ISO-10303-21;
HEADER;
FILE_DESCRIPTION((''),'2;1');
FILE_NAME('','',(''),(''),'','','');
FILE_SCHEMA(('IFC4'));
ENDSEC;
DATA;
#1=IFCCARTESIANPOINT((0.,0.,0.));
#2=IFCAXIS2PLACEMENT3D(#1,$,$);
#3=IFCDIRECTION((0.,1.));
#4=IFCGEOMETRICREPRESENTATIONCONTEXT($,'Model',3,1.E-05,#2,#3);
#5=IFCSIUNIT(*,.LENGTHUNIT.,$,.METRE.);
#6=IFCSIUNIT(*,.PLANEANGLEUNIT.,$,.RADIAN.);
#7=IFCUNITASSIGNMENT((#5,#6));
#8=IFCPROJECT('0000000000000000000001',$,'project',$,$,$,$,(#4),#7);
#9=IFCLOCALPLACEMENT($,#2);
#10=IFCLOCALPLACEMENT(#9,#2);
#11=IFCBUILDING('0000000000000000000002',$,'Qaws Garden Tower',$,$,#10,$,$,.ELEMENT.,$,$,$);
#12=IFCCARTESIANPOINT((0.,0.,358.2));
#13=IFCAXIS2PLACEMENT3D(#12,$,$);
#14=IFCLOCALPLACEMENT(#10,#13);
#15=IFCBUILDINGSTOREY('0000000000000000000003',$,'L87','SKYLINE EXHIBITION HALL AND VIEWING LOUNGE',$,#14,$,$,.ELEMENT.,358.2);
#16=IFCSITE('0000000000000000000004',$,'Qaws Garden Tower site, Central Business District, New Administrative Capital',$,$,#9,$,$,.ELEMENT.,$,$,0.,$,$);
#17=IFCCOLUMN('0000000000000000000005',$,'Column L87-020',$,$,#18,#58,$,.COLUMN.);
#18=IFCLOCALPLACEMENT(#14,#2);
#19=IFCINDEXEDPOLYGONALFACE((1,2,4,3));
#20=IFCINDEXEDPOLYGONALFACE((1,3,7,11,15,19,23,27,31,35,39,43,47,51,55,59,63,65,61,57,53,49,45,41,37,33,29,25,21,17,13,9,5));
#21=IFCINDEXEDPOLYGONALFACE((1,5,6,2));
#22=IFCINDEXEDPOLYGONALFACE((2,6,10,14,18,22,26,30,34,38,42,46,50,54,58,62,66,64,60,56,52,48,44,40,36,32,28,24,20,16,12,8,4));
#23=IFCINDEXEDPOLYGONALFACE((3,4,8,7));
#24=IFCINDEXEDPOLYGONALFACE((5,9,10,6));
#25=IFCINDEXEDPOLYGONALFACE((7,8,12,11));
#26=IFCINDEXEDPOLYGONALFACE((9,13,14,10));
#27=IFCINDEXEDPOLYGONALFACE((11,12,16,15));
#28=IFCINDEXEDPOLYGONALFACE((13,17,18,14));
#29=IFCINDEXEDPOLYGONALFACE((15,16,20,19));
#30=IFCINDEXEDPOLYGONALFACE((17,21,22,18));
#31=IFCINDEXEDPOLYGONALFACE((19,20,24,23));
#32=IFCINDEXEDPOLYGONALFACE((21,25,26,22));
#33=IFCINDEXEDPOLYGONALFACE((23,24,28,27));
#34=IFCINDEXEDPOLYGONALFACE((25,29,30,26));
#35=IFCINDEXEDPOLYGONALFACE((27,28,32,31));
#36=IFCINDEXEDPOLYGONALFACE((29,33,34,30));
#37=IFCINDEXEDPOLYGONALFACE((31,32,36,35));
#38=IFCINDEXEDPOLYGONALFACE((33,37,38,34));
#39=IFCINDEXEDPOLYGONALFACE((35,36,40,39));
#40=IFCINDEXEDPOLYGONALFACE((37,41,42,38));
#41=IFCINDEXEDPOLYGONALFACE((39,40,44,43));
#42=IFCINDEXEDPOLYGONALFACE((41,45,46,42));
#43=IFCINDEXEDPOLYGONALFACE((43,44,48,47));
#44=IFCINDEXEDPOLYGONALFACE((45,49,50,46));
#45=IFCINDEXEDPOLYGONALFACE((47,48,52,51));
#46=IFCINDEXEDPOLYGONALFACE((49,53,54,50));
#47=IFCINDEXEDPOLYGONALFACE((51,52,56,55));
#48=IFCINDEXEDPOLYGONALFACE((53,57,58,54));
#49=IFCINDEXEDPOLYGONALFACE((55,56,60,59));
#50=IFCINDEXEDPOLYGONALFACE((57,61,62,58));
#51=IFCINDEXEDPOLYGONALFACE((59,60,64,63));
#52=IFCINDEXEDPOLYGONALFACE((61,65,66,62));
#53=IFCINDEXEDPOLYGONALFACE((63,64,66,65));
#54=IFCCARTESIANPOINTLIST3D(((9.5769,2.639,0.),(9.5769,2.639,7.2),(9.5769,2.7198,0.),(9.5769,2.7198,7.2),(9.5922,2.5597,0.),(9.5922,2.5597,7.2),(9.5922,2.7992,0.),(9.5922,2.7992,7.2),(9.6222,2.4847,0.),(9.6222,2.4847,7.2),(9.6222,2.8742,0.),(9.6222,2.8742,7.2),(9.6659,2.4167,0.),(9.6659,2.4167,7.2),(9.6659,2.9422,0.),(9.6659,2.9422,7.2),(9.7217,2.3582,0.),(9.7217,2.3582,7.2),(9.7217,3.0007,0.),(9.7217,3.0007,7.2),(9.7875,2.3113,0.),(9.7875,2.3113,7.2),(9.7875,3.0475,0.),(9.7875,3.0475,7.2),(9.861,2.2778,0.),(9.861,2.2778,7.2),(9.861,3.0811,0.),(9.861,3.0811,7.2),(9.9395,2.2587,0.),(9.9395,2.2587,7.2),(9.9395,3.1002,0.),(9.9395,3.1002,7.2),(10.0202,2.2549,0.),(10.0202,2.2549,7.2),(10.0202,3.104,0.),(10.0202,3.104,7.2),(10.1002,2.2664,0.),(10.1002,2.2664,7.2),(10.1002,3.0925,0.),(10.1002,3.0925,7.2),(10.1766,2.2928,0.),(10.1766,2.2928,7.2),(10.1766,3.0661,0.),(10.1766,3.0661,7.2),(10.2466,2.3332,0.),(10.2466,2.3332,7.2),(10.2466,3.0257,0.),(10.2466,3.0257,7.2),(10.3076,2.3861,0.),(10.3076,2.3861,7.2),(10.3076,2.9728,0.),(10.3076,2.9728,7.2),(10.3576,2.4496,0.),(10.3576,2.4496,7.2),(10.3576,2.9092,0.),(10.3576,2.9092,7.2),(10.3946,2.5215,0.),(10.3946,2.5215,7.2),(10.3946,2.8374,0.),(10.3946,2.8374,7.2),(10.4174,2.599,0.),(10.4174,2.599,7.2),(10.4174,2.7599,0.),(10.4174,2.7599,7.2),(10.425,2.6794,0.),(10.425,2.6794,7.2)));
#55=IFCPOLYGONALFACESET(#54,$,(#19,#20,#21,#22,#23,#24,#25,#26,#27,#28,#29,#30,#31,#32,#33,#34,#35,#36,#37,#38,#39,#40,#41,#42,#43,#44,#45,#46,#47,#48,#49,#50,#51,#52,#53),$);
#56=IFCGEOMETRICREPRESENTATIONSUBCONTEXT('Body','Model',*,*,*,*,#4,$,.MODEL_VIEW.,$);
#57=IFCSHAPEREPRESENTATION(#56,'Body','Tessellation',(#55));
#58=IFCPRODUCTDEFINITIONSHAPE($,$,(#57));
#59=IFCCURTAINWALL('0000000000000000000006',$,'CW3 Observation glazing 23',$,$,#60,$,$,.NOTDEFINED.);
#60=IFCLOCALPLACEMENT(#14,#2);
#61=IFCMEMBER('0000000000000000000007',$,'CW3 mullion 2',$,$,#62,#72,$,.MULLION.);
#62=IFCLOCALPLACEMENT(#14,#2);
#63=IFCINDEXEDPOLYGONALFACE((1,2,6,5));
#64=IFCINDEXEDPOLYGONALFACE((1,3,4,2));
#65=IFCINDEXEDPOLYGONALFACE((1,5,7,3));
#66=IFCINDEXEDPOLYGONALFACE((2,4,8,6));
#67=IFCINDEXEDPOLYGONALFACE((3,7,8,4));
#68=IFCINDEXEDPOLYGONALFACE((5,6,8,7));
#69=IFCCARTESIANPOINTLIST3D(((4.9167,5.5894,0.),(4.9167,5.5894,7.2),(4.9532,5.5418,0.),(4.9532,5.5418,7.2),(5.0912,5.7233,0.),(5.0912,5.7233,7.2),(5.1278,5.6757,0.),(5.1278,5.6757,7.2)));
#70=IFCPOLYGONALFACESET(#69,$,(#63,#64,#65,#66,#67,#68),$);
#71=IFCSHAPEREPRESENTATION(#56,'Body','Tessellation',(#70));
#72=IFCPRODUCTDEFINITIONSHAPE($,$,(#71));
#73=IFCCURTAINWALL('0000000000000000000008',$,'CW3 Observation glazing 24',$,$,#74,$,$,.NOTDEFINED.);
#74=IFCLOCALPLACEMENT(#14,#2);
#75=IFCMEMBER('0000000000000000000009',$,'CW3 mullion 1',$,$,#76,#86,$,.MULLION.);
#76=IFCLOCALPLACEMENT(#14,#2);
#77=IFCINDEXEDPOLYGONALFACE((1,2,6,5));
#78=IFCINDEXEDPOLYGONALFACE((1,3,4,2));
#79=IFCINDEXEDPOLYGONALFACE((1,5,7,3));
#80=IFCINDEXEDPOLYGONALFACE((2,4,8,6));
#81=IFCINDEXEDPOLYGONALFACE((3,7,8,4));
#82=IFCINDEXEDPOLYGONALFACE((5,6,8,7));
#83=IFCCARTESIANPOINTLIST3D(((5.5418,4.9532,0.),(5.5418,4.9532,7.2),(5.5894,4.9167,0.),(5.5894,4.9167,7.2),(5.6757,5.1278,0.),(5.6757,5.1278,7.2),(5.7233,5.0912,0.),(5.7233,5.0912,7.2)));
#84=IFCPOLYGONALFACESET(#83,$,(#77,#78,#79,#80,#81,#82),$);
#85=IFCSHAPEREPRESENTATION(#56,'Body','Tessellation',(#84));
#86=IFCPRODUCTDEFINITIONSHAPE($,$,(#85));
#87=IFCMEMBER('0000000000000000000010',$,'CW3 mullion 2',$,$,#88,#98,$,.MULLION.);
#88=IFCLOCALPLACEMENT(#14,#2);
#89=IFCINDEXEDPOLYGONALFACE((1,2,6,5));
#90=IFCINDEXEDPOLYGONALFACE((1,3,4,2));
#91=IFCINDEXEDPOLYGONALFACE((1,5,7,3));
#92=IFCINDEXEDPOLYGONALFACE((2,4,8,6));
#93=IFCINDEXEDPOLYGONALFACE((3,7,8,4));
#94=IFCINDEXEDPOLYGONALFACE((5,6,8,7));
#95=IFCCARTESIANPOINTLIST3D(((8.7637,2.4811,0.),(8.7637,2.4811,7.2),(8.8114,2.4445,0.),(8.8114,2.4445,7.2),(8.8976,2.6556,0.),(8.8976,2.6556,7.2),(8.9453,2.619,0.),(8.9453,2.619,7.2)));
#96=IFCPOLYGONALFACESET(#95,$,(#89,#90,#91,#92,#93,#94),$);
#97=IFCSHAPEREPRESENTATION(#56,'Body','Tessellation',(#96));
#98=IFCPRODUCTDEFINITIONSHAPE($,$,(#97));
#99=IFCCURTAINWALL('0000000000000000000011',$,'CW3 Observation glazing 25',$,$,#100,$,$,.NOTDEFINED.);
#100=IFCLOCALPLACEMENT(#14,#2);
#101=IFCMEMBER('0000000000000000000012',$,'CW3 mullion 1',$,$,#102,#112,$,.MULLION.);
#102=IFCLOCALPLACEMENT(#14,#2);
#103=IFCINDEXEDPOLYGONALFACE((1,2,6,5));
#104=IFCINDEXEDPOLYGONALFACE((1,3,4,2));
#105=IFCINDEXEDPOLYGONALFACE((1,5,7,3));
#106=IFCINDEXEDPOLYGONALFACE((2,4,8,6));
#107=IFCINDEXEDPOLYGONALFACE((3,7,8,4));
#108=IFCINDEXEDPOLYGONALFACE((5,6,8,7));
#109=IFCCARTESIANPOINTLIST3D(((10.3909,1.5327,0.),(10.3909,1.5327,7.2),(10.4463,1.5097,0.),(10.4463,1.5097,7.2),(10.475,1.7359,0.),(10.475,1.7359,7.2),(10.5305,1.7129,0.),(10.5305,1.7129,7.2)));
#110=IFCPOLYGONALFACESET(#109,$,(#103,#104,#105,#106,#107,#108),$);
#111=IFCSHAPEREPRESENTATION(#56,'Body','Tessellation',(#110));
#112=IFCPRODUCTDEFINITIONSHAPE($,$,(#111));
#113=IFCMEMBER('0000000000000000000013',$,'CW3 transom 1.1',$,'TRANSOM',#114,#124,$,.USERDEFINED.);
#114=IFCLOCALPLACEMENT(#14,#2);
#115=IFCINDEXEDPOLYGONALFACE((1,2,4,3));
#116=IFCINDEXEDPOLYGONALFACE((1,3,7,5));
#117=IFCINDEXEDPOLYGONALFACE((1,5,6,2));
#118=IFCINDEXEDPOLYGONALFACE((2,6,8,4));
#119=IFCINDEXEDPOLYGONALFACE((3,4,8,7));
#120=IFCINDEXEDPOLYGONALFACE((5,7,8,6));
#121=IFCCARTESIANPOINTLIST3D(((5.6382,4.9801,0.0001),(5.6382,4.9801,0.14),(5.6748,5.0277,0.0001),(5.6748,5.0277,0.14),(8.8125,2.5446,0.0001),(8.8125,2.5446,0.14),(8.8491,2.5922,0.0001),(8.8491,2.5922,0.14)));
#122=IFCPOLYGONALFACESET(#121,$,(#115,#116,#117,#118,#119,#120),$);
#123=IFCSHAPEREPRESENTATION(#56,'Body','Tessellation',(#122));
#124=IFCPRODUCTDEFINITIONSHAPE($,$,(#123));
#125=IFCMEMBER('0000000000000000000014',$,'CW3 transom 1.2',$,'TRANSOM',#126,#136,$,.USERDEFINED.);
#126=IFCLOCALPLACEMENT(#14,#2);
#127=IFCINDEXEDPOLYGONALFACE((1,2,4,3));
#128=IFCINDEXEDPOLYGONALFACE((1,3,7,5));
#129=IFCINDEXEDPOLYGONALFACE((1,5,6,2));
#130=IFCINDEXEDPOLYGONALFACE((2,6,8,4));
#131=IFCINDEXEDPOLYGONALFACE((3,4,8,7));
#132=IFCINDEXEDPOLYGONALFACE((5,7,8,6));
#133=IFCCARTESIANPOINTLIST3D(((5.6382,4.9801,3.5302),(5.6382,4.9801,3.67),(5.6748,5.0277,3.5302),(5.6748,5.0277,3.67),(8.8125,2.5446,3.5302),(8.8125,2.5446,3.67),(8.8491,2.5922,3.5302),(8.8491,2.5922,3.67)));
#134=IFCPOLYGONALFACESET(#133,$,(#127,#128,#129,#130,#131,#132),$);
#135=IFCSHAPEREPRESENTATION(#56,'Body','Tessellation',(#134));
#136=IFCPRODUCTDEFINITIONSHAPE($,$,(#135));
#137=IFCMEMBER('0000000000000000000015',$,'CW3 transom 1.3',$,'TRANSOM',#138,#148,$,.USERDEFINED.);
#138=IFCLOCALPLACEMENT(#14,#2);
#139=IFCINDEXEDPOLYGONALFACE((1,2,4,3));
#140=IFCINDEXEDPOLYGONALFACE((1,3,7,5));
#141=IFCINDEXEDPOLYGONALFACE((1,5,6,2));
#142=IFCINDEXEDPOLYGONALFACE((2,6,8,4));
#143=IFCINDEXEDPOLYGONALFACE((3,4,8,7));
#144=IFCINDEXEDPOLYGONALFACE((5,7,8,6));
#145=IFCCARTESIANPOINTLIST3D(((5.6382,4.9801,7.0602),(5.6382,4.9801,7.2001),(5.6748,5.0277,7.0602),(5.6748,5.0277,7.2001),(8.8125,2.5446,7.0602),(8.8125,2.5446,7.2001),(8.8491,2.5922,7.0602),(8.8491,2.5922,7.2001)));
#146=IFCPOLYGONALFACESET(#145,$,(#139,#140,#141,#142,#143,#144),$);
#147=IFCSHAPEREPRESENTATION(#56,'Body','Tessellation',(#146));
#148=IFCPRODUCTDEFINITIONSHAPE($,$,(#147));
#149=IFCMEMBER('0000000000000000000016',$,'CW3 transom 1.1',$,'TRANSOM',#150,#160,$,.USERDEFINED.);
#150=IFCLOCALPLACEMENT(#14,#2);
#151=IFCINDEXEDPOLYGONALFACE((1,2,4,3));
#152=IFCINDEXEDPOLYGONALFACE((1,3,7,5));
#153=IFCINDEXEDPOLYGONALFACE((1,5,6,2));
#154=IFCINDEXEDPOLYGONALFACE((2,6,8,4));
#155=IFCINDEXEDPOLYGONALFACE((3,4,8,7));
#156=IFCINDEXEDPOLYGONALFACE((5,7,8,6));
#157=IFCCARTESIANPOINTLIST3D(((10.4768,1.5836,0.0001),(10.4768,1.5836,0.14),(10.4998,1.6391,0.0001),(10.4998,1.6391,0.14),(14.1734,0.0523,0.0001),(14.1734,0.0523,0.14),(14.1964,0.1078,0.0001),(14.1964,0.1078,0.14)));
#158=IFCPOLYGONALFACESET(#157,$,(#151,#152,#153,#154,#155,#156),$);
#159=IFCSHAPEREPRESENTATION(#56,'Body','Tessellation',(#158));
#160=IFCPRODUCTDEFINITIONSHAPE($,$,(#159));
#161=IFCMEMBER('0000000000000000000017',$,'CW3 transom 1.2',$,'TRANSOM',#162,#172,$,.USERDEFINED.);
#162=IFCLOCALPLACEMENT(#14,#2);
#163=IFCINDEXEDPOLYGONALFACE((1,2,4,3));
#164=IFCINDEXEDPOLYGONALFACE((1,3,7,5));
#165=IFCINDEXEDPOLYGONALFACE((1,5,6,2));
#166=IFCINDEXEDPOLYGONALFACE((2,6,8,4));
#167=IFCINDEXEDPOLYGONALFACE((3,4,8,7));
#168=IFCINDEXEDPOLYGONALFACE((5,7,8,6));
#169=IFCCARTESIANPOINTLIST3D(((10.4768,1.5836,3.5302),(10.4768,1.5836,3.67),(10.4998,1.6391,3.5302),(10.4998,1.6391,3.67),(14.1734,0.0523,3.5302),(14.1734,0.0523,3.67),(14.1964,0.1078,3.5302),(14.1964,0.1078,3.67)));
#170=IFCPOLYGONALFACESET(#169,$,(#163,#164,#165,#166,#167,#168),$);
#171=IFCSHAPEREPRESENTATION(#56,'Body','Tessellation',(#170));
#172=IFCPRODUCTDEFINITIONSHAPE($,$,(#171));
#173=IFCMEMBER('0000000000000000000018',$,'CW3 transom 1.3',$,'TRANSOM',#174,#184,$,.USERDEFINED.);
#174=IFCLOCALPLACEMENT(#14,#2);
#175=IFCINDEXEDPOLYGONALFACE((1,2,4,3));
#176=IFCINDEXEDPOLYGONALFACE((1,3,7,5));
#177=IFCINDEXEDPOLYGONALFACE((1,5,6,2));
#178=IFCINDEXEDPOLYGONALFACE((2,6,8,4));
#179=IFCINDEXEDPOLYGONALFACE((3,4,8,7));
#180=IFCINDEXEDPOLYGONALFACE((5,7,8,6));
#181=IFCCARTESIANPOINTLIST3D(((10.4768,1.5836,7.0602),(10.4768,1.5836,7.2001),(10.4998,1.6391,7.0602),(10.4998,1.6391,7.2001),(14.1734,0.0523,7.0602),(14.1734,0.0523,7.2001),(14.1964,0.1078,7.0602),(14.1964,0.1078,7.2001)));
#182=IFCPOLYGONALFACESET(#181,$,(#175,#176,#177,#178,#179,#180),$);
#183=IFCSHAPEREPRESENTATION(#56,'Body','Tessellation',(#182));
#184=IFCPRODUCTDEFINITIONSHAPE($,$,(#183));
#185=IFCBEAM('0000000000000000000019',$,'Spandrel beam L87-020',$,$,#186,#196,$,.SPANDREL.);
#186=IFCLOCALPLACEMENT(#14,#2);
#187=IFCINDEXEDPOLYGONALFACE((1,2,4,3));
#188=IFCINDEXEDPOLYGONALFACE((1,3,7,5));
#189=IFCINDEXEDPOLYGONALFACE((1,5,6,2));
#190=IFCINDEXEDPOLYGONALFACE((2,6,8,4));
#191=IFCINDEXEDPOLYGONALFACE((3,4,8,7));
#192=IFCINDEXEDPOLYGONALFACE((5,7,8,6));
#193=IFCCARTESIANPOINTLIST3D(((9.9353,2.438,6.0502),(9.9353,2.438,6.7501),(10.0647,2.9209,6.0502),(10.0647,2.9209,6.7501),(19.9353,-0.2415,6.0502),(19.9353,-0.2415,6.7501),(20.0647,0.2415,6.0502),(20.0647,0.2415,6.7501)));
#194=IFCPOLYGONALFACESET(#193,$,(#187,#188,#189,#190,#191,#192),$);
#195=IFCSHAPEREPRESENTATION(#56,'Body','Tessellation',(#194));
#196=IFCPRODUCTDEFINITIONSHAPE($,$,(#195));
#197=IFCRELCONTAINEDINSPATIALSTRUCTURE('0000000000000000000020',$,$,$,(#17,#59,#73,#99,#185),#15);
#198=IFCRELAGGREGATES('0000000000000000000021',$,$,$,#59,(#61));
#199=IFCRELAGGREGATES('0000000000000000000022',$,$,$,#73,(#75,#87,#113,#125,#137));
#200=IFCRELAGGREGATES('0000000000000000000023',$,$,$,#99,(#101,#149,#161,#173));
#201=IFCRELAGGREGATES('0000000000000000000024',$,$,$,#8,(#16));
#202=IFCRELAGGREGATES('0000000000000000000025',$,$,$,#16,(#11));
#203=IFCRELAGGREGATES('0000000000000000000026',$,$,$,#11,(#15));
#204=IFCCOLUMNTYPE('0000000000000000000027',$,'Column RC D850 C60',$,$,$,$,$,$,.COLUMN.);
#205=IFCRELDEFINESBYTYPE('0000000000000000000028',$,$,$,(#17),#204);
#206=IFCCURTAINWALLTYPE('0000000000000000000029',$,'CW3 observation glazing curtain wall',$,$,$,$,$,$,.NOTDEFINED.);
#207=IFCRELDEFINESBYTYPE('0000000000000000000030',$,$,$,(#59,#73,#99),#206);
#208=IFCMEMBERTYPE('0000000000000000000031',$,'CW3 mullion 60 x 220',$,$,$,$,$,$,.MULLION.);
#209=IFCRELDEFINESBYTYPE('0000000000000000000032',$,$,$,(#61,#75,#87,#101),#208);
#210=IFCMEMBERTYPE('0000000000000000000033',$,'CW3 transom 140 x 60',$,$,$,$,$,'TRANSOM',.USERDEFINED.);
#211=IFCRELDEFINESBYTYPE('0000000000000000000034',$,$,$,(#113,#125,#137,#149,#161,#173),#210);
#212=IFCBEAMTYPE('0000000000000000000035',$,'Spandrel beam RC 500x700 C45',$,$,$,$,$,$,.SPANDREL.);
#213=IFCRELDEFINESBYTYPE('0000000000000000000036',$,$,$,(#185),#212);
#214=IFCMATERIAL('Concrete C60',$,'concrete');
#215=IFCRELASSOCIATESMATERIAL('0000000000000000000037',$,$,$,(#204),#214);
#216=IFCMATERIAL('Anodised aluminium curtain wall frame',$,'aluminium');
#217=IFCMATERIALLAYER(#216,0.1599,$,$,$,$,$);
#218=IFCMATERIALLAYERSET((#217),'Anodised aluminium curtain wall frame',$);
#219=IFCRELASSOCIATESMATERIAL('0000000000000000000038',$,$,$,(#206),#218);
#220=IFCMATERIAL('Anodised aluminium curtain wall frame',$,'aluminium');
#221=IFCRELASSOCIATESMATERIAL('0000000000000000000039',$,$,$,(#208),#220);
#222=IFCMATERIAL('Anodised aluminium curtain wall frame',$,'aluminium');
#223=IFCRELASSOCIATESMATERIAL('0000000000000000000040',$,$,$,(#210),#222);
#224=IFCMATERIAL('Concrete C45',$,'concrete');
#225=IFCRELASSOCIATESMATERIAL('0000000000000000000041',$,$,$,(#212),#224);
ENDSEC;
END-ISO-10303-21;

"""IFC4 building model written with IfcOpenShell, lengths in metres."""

from ifc_helpers import new_model, si_unit, direction, frame, origin, origin_2d, place, context, subcontext, project, spatial, rectangle, circle, extrude, material, layer, layer_set, material_profile, profile_set, type_object, element, aggregate, save


model = new_model("IFC4")

# Units and contexts
model_context = context("Model", 3, precision=1e-05, world=origin(), true_north=direction((0.0, 1.0)))
body_context = subcontext(model_context, "Body", "Model", "MODEL_VIEW")
ifc_project = project(units=[si_unit("LENGTHUNIT", "METRE"), si_unit("PLANEANGLEUNIT", "RADIAN")], contexts=[model_context])

# Site, building, storey
site_placement = place(None, origin())
site = spatial("IfcSite", under=ifc_project, at=site_placement, Name="Qaws Garden Tower site, Central Business District, New Administrative Capital", CompositionType="ELEMENT", RefElevation=0.0)
building_placement = place(site_placement, origin())
building = spatial("IfcBuilding", under=site, at=building_placement, Name="Qaws Garden Tower", CompositionType="ELEMENT")
storey_placement = place(building_placement, frame((0.0, 0.0, 358.2)))
storey = spatial("IfcBuildingStorey", under=building, at=storey_placement, Name="L87", Description="SKYLINE EXHIBITION HALL AND VIEWING LOUNGE", CompositionType="ELEMENT", Elevation=358.2)

# Column
ifc_material_1 = material(Name="Concrete C60", Category="concrete")
ifc_material_profile_1 = material_profile(ifc_material_1, circle(Radius=0.425, at=origin_2d()), Name="RC D850")
ifc_profile_set_1 = profile_set([ifc_material_profile_1], Name="Concrete C60")
column_type = type_object("IfcColumnType", Name="Column RC D850 C60", PredefinedType="COLUMN", material=ifc_profile_set_1)
column_placement = place(storey_placement, frame((10.0, 2.6794, 0.0), z_axis=(0.0, 0.0, 1.0), x_axis=(1.0, 0.0, 0.0)))
element("IfcColumn", 1, at=column_placement, inside=storey, type_object=column_type, Name="Column L87-020", PredefinedType="COLUMN", context=body_context, shape_type="SweptSolid", body=[
    extrude(circle(Radius=0.425, at=origin_2d()), origin(), (0.0, 0.0, 1.0), 7.2),
])

# Curtain wall, member
ifc_material_2 = material(Name="Anodised aluminium curtain wall frame", Category="aluminium")
ifc_layer_1 = layer(ifc_material_2, 0.1599)
ifc_layer_set_1 = layer_set([ifc_layer_1], Name="Anodised aluminium curtain wall frame")
curtain_wall_type = type_object("IfcCurtainWallType", Name="CW3 observation glazing curtain wall", PredefinedType="NOTDEFINED", material=ifc_layer_set_1)
placement_1 = place(storey_placement, origin())
curtain_wall_1 = element("IfcCurtainWall", 2, at=placement_1, inside=storey, type_object=curtain_wall_type, Name="CW3 Observation glazing 23", PredefinedType="NOTDEFINED")
ifc_material_3 = material(Name="Anodised aluminium curtain wall frame", Category="aluminium")
ifc_material_profile_2 = material_profile(ifc_material_3, rectangle(XDim=0.22, YDim=0.0601, at=origin_2d()), Name="AL 60x220")
ifc_profile_set_2 = profile_set([ifc_material_profile_2], Name="Anodised aluminium curtain wall frame")
member_type_1 = type_object("IfcMemberType", Name="CW3 mullion 60 x 220", PredefinedType="MULLION", material=ifc_profile_set_2)
member_1_placement = place(storey_placement, frame((5.0222, 5.6326, 0.0), z_axis=(0.0, 0.0, 1.0), x_axis=(0.793353, 0.608761, 0.0)))
member_1 = element("IfcMember", 3, at=member_1_placement, type_object=member_type_1, Name="CW3 mullion 2", PredefinedType="MULLION", context=body_context, shape_type="SweptSolid", body=[
    extrude(rectangle(XDim=0.22, YDim=0.0601, at=origin_2d()), origin(), (0.0, 0.0, 1.0), 7.2),
])

# Curtain wall, members
curtain_wall_2 = element("IfcCurtainWall", 4, at=placement_1, inside=storey, type_object=curtain_wall_type, Name="CW3 Observation glazing 24", PredefinedType="NOTDEFINED")
member_2_placement = place(storey_placement, frame((5.6326, 5.0222, 0.0), z_axis=(0.0, 0.0, 1.0), x_axis=(0.608761, 0.793353, 0.0)))
member_2 = element("IfcMember", 5, at=member_2_placement, type_object=member_type_1, Name="CW3 mullion 1", PredefinedType="MULLION", context=body_context, shape_type="SweptSolid", body=[
    extrude(rectangle(XDim=0.22, YDim=0.0601, at=origin_2d()), origin(), (0.0, 0.0, 1.0), 7.2),
])
member_3_placement = place(storey_placement, frame((8.8545, 2.55, 0.0), z_axis=(0.0, 0.0, 1.0), x_axis=(0.608761, 0.793353, 0.0)))
member_3 = element("IfcMember", 6, at=member_3_placement, type_object=member_type_1, Name="CW3 mullion 2", PredefinedType="MULLION", context=body_context, shape_type="SweptSolid", body=[
    extrude(rectangle(XDim=0.22, YDim=0.0601, at=origin_2d()), origin(), (0.0, 0.0, 1.0), 7.2),
])

# Curtain wall, member
curtain_wall_3 = element("IfcCurtainWall", 7, at=placement_1, inside=storey, type_object=curtain_wall_type, Name="CW3 Observation glazing 25", PredefinedType="NOTDEFINED")
member_4_placement = place(storey_placement, frame((10.4607, 1.6228, 0.0), z_axis=(0.0, 0.0, 1.0), x_axis=(0.382683, 0.92388, 0.0)))
member_4 = element("IfcMember", 8, at=member_4_placement, type_object=member_type_1, Name="CW3 mullion 1", PredefinedType="MULLION", context=body_context, shape_type="SweptSolid", body=[
    extrude(rectangle(XDim=0.22, YDim=0.0601, at=origin_2d()), origin(), (0.0, 0.0, 1.0), 7.2),
])

# Members
ifc_material_4 = material(Name="Anodised aluminium curtain wall frame", Category="aluminium")
ifc_material_profile_3 = material_profile(ifc_material_4, rectangle(XDim=0.0601, YDim=0.1399, at=origin_2d()), Name="AL 60x140")
ifc_profile_set_3 = profile_set([ifc_material_profile_3], Name="Anodised aluminium curtain wall frame")
member_type_2 = type_object("IfcMemberType", Name="CW3 transom 140 x 60", ElementType="TRANSOM", PredefinedType="USERDEFINED", material=ifc_profile_set_3)
member_5_placement = place(storey_placement, frame((5.6565, 5.0039, 0.0701), z_axis=(0.793376, -0.608731, 0.0), x_axis=(0.608731, 0.793376, 0.0)))
member_5 = element("IfcMember", 9, at=member_5_placement, type_object=member_type_2, Name="CW3 transom 1.1", ObjectType="TRANSOM", PredefinedType="USERDEFINED", context=body_context, shape_type="SweptSolid", body=[
    extrude(rectangle(XDim=0.0601, YDim=0.1399, at=origin_2d()), origin(), (0.0, 0.0, 1.0), 4.001),
])
member_6_placement = place(storey_placement, frame((5.6565, 5.0039, 3.6001), z_axis=(0.793376, -0.608731, 0.0), x_axis=(0.608731, 0.793376, 0.0)))
member_6 = element("IfcMember", 10, at=member_6_placement, type_object=member_type_2, Name="CW3 transom 1.2", ObjectType="TRANSOM", PredefinedType="USERDEFINED", context=body_context, shape_type="SweptSolid", body=[
    extrude(rectangle(XDim=0.0601, YDim=0.1399, at=origin_2d()), origin(), (0.0, 0.0, 1.0), 4.001),
])
member_7_placement = place(storey_placement, frame((5.6565, 5.0039, 7.1301), z_axis=(0.793376, -0.608731, 0.0), x_axis=(0.608731, 0.793376, 0.0)))
member_7 = element("IfcMember", 11, at=member_7_placement, type_object=member_type_2, Name="CW3 transom 1.3", ObjectType="TRANSOM", PredefinedType="USERDEFINED", context=body_context, shape_type="SweptSolid", body=[
    extrude(rectangle(XDim=0.0601, YDim=0.1399, at=origin_2d()), origin(), (0.0, 0.0, 1.0), 4.001),
])
member_8_placement = place(storey_placement, frame((10.4883, 1.6113, 0.0701), z_axis=(0.923871, -0.382704, 0.0), x_axis=(0.382704, 0.923871, 0.0)))
member_8 = element("IfcMember", 12, at=member_8_placement, type_object=member_type_2, Name="CW3 transom 1.1", ObjectType="TRANSOM", PredefinedType="USERDEFINED", context=body_context, shape_type="SweptSolid", body=[
    extrude(rectangle(XDim=0.0601, YDim=0.1399, at=origin_2d()), origin(), (0.0, 0.0, 1.0), 4.0012),
])
member_9_placement = place(storey_placement, frame((10.4883, 1.6113, 3.6001), z_axis=(0.923871, -0.382704, 0.0), x_axis=(0.382704, 0.923871, 0.0)))
member_9 = element("IfcMember", 13, at=member_9_placement, type_object=member_type_2, Name="CW3 transom 1.2", ObjectType="TRANSOM", PredefinedType="USERDEFINED", context=body_context, shape_type="SweptSolid", body=[
    extrude(rectangle(XDim=0.0601, YDim=0.1399, at=origin_2d()), origin(), (0.0, 0.0, 1.0), 4.0012),
])
member_10_placement = place(storey_placement, frame((10.4883, 1.6113, 7.1301), z_axis=(0.923871, -0.382704, 0.0), x_axis=(0.382704, 0.923871, 0.0)))
member_10 = element("IfcMember", 14, at=member_10_placement, type_object=member_type_2, Name="CW3 transom 1.3", ObjectType="TRANSOM", PredefinedType="USERDEFINED", context=body_context, shape_type="SweptSolid", body=[
    extrude(rectangle(XDim=0.0601, YDim=0.1399, at=origin_2d()), origin(), (0.0, 0.0, 1.0), 4.0012),
])

# Beam
ifc_material_5 = material(Name="Concrete C45", Category="concrete")
ifc_material_profile_4 = material_profile(ifc_material_5, rectangle(XDim=0.5, YDim=0.7, at=origin_2d()), Name="RC 500x700")
ifc_profile_set_4 = profile_set([ifc_material_profile_4], Name="Concrete C45")
beam_type = type_object("IfcBeamType", Name="Spandrel beam RC 500x700 C45", PredefinedType="SPANDREL", material=ifc_profile_set_4)
beam_placement = place(storey_placement, frame((10.0, 2.6794, 6.4001), z_axis=(0.965927, -0.258815, 0.0), x_axis=(0.258815, 0.965927, 0.0)))
element("IfcBeam", 15, at=beam_placement, inside=storey, type_object=beam_type, Name="Spandrel beam L87-020", PredefinedType="SPANDREL", context=body_context, shape_type="SweptSolid", body=[
    extrude(rectangle(XDim=0.5, YDim=0.7, at=origin_2d()), origin(), (0.0, 0.0, 1.0), 10.3528),
])

aggregate(curtain_wall_1, [member_1])
aggregate(curtain_wall_2, [member_2, member_3, member_5, member_6, member_7])
aggregate(curtain_wall_3, [member_4, member_8, member_9, member_10])

save(model, "model.ifc")
